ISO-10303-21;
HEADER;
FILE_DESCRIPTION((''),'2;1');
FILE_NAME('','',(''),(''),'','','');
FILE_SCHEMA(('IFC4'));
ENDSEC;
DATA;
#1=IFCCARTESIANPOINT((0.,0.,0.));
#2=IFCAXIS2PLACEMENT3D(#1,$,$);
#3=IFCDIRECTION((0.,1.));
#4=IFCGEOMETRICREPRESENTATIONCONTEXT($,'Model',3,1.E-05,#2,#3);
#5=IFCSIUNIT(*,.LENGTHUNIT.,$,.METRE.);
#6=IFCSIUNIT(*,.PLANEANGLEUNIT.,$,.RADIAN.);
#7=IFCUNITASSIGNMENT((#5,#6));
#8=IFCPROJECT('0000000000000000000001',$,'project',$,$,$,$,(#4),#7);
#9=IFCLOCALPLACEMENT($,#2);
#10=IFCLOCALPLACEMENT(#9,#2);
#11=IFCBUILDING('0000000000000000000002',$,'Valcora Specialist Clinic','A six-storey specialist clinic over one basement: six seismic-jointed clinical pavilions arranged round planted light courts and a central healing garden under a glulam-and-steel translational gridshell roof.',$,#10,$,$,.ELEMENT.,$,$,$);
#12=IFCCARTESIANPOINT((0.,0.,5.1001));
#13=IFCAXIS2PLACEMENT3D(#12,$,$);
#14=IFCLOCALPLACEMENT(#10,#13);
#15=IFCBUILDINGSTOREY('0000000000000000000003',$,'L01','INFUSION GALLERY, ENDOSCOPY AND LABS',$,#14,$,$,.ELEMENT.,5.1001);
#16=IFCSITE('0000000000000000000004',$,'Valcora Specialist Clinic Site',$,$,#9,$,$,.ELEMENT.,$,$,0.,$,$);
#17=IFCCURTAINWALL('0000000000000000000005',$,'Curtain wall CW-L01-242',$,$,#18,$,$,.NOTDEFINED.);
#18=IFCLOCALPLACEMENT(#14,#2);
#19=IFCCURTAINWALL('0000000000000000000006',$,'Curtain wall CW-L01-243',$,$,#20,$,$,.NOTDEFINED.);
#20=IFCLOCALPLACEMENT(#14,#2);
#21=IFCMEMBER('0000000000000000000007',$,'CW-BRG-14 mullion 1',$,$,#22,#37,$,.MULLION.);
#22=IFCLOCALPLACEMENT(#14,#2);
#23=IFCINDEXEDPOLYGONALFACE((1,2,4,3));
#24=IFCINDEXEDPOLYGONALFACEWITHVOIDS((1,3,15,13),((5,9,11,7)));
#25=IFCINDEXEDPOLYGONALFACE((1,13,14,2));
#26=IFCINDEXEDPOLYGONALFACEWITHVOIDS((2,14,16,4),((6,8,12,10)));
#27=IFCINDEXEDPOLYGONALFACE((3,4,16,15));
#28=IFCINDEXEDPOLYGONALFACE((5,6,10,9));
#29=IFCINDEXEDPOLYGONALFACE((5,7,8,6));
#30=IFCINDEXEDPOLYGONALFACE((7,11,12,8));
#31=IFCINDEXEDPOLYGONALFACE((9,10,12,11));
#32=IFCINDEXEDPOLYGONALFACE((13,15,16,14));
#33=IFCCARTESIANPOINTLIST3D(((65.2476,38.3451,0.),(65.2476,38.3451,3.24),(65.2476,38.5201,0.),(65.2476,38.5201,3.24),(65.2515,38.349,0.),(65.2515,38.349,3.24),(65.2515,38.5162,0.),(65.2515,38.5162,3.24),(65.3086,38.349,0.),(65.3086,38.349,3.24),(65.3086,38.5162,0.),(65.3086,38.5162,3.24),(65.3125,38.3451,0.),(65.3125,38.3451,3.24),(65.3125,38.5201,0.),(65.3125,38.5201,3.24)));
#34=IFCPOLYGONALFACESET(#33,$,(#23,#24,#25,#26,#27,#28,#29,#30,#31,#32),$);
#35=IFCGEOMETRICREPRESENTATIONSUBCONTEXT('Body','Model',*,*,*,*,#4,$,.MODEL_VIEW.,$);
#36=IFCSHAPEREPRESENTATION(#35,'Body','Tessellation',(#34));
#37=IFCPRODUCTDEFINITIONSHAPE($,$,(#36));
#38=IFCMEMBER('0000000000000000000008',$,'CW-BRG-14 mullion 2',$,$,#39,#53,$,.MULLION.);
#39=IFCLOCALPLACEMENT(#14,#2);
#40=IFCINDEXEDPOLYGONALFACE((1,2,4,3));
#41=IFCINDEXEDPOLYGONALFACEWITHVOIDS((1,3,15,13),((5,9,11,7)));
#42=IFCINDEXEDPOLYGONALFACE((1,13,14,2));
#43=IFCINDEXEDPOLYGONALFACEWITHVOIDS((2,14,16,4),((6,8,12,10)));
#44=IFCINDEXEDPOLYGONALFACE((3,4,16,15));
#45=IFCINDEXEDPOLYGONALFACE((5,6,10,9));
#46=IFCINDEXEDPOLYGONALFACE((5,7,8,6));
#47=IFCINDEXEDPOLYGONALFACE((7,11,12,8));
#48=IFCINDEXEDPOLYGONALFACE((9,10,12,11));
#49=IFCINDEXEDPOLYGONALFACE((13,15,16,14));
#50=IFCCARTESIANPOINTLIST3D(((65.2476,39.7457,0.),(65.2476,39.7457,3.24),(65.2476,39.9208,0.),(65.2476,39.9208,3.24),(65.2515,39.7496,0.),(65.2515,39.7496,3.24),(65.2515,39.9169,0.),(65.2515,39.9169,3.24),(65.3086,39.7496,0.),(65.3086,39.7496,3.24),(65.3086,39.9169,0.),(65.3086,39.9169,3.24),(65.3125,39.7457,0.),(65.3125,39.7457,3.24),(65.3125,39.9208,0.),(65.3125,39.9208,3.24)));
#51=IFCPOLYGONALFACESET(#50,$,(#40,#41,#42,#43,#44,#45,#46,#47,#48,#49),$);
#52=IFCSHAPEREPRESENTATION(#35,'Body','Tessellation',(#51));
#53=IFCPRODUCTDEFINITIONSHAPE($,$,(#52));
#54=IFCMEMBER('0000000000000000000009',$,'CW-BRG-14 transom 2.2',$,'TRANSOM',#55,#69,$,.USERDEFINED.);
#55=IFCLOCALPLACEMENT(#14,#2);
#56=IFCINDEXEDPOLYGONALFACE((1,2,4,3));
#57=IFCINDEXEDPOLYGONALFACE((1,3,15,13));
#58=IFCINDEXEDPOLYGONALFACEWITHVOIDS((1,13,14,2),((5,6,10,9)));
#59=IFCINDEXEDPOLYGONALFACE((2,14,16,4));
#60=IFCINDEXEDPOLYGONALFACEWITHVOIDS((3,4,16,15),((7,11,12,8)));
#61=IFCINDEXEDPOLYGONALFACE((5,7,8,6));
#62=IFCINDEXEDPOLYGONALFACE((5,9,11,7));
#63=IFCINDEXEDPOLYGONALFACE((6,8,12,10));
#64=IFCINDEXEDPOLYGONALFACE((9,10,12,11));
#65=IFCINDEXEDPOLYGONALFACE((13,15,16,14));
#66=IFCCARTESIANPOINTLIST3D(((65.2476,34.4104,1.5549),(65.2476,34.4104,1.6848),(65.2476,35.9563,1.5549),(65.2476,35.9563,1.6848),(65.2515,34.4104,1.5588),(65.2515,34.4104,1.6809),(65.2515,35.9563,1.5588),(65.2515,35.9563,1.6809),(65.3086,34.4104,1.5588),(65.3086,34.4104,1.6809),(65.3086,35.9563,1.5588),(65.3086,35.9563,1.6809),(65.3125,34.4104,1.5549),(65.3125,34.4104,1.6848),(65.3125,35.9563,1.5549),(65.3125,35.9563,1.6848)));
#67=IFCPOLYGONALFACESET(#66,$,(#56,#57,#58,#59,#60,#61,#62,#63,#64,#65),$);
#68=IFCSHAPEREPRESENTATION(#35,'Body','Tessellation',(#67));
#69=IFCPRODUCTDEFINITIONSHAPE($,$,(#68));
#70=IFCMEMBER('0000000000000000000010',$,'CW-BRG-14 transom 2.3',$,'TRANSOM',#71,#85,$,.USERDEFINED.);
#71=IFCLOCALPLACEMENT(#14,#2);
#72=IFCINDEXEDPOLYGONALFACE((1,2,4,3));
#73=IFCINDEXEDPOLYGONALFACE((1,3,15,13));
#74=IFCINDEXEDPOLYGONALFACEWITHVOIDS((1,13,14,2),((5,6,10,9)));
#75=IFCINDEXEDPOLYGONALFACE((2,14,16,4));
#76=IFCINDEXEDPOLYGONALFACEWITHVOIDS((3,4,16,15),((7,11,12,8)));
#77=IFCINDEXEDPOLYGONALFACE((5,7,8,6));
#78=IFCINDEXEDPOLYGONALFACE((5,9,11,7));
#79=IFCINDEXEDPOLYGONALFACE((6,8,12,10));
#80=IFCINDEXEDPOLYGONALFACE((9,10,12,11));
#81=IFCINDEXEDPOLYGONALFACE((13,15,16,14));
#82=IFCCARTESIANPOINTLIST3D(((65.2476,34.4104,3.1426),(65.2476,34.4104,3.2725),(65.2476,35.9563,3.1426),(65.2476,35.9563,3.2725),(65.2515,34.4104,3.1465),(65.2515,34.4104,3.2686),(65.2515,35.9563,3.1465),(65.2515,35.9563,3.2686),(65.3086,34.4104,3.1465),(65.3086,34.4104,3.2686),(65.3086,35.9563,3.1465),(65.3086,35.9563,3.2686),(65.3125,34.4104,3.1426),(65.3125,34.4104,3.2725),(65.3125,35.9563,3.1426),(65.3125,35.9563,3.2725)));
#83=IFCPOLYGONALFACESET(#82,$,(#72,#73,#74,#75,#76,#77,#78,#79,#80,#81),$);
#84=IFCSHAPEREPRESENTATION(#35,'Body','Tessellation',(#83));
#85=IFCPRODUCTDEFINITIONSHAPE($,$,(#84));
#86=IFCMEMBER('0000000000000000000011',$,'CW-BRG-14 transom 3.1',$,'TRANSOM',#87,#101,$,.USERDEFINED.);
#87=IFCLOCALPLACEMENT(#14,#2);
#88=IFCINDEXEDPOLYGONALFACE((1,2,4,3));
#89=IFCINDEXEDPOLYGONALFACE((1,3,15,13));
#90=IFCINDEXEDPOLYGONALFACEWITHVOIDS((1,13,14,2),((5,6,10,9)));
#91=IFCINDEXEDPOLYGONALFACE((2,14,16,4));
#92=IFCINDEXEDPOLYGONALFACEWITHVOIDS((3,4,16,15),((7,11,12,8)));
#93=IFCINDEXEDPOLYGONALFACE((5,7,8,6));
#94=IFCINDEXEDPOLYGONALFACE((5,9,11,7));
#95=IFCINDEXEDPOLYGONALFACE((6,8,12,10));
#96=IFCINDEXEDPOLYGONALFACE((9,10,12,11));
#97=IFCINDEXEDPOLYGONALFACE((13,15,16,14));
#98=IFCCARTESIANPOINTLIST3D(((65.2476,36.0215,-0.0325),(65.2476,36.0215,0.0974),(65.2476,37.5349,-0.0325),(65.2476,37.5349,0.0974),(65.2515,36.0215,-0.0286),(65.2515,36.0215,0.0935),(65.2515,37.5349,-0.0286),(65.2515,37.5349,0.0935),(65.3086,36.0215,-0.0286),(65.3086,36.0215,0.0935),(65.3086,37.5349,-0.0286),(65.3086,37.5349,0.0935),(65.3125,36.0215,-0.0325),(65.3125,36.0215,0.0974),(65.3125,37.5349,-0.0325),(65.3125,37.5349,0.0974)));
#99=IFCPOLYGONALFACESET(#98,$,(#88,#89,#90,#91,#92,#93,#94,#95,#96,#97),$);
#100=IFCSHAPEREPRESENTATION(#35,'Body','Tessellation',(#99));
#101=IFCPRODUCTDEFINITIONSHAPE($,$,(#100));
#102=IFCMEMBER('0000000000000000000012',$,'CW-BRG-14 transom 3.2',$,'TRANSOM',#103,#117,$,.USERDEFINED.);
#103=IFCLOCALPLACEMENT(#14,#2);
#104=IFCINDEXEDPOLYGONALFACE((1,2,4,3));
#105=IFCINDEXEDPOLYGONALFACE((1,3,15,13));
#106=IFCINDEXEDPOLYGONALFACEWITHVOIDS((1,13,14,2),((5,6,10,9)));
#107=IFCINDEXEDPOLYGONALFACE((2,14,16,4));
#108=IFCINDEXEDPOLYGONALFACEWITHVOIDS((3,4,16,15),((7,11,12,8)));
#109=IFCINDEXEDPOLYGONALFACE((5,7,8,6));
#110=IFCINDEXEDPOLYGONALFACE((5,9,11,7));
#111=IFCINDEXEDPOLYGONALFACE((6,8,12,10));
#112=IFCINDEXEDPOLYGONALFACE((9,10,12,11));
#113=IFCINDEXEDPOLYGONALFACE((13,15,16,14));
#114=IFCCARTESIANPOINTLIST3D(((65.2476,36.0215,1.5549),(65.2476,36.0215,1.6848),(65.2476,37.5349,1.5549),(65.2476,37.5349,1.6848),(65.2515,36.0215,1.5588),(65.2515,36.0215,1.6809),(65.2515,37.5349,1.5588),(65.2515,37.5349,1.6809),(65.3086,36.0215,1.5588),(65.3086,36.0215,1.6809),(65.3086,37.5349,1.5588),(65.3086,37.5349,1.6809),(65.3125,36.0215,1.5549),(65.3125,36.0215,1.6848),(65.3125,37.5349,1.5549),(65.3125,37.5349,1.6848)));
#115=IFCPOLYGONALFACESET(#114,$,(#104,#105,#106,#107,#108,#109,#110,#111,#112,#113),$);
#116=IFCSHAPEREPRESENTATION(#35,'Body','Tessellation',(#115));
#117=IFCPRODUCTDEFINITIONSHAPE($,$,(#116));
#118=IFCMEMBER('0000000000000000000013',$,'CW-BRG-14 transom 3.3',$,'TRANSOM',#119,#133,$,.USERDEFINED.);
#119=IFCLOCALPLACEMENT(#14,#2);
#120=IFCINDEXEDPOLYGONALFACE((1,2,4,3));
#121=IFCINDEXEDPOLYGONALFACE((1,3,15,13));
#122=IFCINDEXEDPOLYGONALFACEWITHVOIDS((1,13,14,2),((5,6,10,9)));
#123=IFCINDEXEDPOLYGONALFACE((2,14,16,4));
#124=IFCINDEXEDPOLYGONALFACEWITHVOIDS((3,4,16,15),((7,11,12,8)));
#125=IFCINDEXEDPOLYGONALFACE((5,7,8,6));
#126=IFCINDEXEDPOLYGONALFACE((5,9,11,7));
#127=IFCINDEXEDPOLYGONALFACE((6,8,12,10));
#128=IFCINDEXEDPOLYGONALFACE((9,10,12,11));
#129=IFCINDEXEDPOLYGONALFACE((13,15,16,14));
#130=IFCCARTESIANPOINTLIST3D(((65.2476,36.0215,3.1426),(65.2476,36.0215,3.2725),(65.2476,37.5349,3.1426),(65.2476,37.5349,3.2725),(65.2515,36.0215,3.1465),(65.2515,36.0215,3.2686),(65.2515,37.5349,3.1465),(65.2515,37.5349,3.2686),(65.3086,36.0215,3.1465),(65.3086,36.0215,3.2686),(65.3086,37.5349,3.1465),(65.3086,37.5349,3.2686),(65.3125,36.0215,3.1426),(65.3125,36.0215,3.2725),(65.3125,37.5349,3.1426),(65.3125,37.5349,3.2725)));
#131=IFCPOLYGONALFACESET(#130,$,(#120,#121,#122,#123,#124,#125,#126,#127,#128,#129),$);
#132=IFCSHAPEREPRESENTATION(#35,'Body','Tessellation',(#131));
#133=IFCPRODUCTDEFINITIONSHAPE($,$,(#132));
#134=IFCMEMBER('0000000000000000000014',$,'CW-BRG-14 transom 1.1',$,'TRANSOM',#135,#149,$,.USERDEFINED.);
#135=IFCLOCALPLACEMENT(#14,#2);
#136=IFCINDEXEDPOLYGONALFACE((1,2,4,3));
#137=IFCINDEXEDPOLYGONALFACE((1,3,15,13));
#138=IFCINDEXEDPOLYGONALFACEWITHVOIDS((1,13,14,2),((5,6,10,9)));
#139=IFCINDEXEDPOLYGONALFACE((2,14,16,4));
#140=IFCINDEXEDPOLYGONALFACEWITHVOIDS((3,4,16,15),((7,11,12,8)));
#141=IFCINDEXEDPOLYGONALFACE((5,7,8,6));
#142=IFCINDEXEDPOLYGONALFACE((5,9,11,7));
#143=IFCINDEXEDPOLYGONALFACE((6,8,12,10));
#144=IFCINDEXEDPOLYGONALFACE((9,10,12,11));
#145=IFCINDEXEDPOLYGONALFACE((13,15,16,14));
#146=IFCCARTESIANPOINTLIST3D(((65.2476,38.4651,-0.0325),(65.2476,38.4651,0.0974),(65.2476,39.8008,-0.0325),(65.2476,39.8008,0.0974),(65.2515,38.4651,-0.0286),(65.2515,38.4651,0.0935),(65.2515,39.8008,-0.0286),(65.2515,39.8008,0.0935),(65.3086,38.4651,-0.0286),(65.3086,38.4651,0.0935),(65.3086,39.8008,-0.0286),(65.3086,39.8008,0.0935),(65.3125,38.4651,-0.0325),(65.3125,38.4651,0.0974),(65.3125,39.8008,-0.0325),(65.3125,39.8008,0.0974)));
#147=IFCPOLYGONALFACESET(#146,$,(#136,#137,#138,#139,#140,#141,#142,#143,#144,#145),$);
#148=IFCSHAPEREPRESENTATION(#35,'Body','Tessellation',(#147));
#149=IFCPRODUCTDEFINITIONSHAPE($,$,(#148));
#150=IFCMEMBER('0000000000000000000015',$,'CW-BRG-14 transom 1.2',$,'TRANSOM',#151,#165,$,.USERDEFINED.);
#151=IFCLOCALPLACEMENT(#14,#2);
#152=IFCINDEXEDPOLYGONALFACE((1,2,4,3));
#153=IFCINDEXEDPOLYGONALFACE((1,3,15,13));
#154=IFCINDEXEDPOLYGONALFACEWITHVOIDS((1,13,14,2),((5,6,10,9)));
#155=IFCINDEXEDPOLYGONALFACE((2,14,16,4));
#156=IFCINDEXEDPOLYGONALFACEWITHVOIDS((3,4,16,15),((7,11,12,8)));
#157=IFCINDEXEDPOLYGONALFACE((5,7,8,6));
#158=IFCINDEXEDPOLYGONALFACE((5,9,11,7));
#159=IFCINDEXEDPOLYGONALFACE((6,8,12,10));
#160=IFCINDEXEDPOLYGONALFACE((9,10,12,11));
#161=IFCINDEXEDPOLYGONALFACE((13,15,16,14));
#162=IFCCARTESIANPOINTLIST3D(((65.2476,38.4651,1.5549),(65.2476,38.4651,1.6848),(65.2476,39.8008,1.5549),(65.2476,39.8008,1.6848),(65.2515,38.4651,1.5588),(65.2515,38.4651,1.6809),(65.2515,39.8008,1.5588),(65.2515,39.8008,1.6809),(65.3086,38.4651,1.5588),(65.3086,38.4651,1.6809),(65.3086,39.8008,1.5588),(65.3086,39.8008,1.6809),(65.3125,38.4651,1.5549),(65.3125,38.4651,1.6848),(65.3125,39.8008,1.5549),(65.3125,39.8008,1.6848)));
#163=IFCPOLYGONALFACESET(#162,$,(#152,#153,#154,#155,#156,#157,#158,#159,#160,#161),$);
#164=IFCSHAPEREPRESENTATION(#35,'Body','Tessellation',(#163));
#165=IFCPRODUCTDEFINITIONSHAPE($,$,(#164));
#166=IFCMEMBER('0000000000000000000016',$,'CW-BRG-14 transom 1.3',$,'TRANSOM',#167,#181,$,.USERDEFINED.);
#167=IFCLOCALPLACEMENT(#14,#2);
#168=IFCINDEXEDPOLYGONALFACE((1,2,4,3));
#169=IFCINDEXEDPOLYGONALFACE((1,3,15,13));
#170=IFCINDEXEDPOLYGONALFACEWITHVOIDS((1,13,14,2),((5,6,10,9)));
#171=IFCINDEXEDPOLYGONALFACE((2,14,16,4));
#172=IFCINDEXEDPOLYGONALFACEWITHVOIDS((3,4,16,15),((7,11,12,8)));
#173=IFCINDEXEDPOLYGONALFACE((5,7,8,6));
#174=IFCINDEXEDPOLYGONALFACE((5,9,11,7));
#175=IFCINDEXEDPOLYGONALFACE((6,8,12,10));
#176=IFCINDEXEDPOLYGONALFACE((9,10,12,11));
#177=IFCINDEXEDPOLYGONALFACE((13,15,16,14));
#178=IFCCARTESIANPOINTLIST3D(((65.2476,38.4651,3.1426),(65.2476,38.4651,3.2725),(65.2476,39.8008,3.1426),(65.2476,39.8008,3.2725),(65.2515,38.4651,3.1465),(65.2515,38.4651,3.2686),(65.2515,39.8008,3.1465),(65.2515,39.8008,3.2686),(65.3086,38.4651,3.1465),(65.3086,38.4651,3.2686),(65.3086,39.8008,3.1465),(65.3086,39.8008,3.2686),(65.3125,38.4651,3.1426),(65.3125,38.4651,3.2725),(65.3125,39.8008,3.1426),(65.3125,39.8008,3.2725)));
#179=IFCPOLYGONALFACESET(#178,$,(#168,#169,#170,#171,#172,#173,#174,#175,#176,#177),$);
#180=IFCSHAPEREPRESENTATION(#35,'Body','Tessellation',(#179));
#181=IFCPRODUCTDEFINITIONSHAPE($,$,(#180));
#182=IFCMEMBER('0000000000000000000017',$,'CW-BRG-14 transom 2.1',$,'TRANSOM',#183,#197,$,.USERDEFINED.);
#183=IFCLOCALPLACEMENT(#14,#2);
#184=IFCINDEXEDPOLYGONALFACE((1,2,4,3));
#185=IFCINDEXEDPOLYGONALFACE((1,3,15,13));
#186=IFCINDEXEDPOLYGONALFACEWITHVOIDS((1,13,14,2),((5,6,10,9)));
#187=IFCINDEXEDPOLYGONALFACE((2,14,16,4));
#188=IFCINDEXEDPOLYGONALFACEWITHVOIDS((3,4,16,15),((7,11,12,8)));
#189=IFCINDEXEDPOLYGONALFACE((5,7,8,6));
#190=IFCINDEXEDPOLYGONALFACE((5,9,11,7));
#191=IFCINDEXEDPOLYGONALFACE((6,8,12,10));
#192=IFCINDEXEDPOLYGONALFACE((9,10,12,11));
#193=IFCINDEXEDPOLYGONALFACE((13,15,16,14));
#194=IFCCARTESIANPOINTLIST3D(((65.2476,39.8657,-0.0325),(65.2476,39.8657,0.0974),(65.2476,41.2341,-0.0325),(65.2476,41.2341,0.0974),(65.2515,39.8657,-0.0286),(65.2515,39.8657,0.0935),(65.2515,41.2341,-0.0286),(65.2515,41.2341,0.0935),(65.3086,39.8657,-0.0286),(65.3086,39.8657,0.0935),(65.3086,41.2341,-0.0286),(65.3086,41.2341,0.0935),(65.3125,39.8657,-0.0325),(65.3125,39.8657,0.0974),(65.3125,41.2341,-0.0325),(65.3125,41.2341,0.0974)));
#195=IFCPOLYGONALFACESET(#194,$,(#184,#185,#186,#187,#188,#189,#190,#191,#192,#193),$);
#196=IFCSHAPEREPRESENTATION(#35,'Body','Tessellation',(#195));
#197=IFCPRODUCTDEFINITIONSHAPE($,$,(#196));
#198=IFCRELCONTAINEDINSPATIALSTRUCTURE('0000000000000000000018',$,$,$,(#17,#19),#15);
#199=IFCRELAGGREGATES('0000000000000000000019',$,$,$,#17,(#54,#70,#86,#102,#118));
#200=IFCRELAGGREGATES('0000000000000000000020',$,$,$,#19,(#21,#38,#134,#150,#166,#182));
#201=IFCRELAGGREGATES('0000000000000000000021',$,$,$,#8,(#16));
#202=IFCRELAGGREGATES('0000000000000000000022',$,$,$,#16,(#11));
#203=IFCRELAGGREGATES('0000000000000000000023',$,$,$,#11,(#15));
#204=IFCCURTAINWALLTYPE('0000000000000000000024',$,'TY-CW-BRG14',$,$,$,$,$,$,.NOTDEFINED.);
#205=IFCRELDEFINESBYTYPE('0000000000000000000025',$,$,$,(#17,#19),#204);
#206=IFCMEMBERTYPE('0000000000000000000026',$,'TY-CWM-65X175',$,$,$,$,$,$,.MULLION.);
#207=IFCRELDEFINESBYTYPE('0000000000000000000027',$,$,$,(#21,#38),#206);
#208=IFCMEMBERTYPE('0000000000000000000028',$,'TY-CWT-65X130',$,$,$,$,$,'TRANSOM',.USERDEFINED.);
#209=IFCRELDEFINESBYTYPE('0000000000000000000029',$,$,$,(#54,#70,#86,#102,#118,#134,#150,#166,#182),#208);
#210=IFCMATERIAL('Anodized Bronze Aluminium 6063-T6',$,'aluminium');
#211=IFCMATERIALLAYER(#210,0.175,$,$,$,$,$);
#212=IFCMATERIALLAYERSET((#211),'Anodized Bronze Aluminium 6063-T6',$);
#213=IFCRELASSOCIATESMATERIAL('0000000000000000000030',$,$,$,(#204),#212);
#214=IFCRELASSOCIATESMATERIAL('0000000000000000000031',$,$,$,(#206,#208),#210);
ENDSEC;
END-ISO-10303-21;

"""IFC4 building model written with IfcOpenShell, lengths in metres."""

from ifc_helpers import new_model, si_unit, direction, frame, origin, origin_2d, place, context, subcontext, project, spatial, hollow_rectangle, extrude, material, layer, layer_set, material_profile, profile_set, type_object, element, aggregate, save


model = new_model("IFC4")

# Units and contexts
model_context = context("Model", 3, precision=1e-05, world=origin(), true_north=direction((0.0, 1.0)))
body_context = subcontext(model_context, "Body", "Model", "MODEL_VIEW")
ifc_project = project(units=[si_unit("LENGTHUNIT", "METRE"), si_unit("PLANEANGLEUNIT", "RADIAN")], contexts=[model_context])

# Site, building, storey
site_placement = place(None, origin())
site = spatial("IfcSite", under=ifc_project, at=site_placement, Name="Valcora Specialist Clinic Site", CompositionType="ELEMENT", RefElevation=0.0)
building_placement = place(site_placement, origin())
building = spatial("IfcBuilding", under=site, at=building_placement, Name="Valcora Specialist Clinic", Description="A six-storey specialist clinic over one basement: six seismic-jointed clinical pavilions arranged round planted light courts and a central healing garden under a glulam-and-steel translational gridshell roof.", CompositionType="ELEMENT")
storey_placement = place(building_placement, frame((0.0, 0.0, 5.1001)))
storey = spatial("IfcBuildingStorey", under=building, at=storey_placement, Name="L01", Description="INFUSION GALLERY, ENDOSCOPY AND LABS", CompositionType="ELEMENT", Elevation=5.1001)

# Curtain walls, members
ifc_material_1 = material(Name="Anodized Bronze Aluminium 6063-T6", Category="aluminium")
ifc_layer_1 = layer(ifc_material_1, 0.175)
ifc_layer_set_1 = layer_set([ifc_layer_1], Name="Anodized Bronze Aluminium 6063-T6")
curtain_wall_type = type_object("IfcCurtainWallType", Name="TY-CW-BRG14", PredefinedType="NOTDEFINED", material=ifc_layer_set_1)
curtain_wall_1_placement = place(storey_placement, origin())
curtain_wall_1 = element("IfcCurtainWall", 1, at=curtain_wall_1_placement, inside=storey, type_object=curtain_wall_type, Name="Curtain wall CW-L01-242", PredefinedType="NOTDEFINED")
ifc_material_profile_1 = material_profile(ifc_material_1, hollow_rectangle(XDim=0.0649, YDim=0.175, WallThickness=0.0039, at=origin_2d()), Name="AL-MUL-65X175")
ifc_profile_set_1 = profile_set([ifc_material_profile_1], Name="Anodized Bronze Aluminium 6063-T6")
member_type_1 = type_object("IfcMemberType", Name="TY-CWM-65X175", PredefinedType="MULLION", material=ifc_profile_set_1)
curtain_wall_2_placement = place(storey_placement, origin())
curtain_wall_2 = element("IfcCurtainWall", 2, at=curtain_wall_2_placement, inside=storey, type_object=curtain_wall_type, Name="Curtain wall CW-L01-243", PredefinedType="NOTDEFINED")
member_1_placement = place(storey_placement, frame((65.28, 38.4326, 0.0), z_axis=(0.0, 0.0, 1.0), x_axis=(-1.0, 0.0, 0.0)))
member_1 = element("IfcMember", 3, at=member_1_placement, type_object=member_type_1, Name="CW-BRG-14 mullion 1", PredefinedType="MULLION", context=body_context, shape_type="SweptSolid", body=[
    extrude(hollow_rectangle(XDim=0.0649, YDim=0.175, WallThickness=0.0039, at=origin_2d()), origin(), (0.0, 0.0, 1.0), 3.24),
])
member_2_placement = place(storey_placement, frame((65.28, 39.8333, 0.0), z_axis=(0.0, 0.0, 1.0), x_axis=(-1.0, 0.0, 0.0)))
member_2 = element("IfcMember", 4, at=member_2_placement, type_object=member_type_1, Name="CW-BRG-14 mullion 2", PredefinedType="MULLION", context=body_context, shape_type="SweptSolid", body=[
    extrude(hollow_rectangle(XDim=0.0649, YDim=0.175, WallThickness=0.0039, at=origin_2d()), origin(), (0.0, 0.0, 1.0), 3.24),
])

# Members
ifc_material_profile_2 = material_profile(ifc_material_1, hollow_rectangle(XDim=0.0649, YDim=0.1299, WallThickness=0.0039, at=origin_2d()), Name="AL-TRN-65X130")
ifc_profile_set_2 = profile_set([ifc_material_profile_2], Name="Anodized Bronze Aluminium 6063-T6")
member_type_2 = type_object("IfcMemberType", Name="TY-CWT-65X130", ElementType="TRANSOM", PredefinedType="USERDEFINED", material=ifc_profile_set_2)
member_3_placement = place(storey_placement, frame((65.28, 34.4104, 1.6199), z_axis=(0.0, 1.0, 0.0), x_axis=(-1.0, 0.0, 0.0)))
member_3 = element("IfcMember", 5, at=member_3_placement, type_object=member_type_2, Name="CW-BRG-14 transom 2.2", ObjectType="TRANSOM", PredefinedType="USERDEFINED", context=body_context, shape_type="SweptSolid", body=[
    extrude(hollow_rectangle(XDim=0.0649, YDim=0.1299, WallThickness=0.0039, at=origin_2d()), origin(), (0.0, 0.0, 1.0), 1.5459),
])
member_4_placement = place(storey_placement, frame((65.28, 34.4104, 3.2075), z_axis=(0.0, 1.0, 0.0), x_axis=(-1.0, 0.0, 0.0)))
member_4 = element("IfcMember", 6, at=member_4_placement, type_object=member_type_2, Name="CW-BRG-14 transom 2.3", ObjectType="TRANSOM", PredefinedType="USERDEFINED", context=body_context, shape_type="SweptSolid", body=[
    extrude(hollow_rectangle(XDim=0.0649, YDim=0.1299, WallThickness=0.0039, at=origin_2d()), origin(), (0.0, 0.0, 1.0), 1.5459),
])
member_5_placement = place(storey_placement, frame((65.28, 36.0215, 0.0325), z_axis=(0.0, 1.0, 0.0), x_axis=(-1.0, 0.0, 0.0)))
member_5 = element("IfcMember", 7, at=member_5_placement, type_object=member_type_2, Name="CW-BRG-14 transom 3.1", ObjectType="TRANSOM", PredefinedType="USERDEFINED", context=body_context, shape_type="SweptSolid", body=[
    extrude(hollow_rectangle(XDim=0.0649, YDim=0.1299, WallThickness=0.0039, at=origin_2d()), origin(), (0.0, 0.0, 1.0), 1.5134),
])
member_6_placement = place(storey_placement, frame((65.28, 36.0215, 1.6199), z_axis=(0.0, 1.0, 0.0), x_axis=(-1.0, 0.0, 0.0)))
member_6 = element("IfcMember", 8, at=member_6_placement, type_object=member_type_2, Name="CW-BRG-14 transom 3.2", ObjectType="TRANSOM", PredefinedType="USERDEFINED", context=body_context, shape_type="SweptSolid", body=[
    extrude(hollow_rectangle(XDim=0.0649, YDim=0.1299, WallThickness=0.0039, at=origin_2d()), origin(), (0.0, 0.0, 1.0), 1.5134),
])
member_7_placement = place(storey_placement, frame((65.28, 36.0215, 3.2075), z_axis=(0.0, 1.0, 0.0), x_axis=(-1.0, 0.0, 0.0)))
member_7 = element("IfcMember", 9, at=member_7_placement, type_object=member_type_2, Name="CW-BRG-14 transom 3.3", ObjectType="TRANSOM", PredefinedType="USERDEFINED", context=body_context, shape_type="SweptSolid", body=[
    extrude(hollow_rectangle(XDim=0.0649, YDim=0.1299, WallThickness=0.0039, at=origin_2d()), origin(), (0.0, 0.0, 1.0), 1.5134),
])
member_8_placement = place(storey_placement, frame((65.28, 38.4651, 0.0325), z_axis=(0.0, 1.0, 0.0), x_axis=(-1.0, 0.0, 0.0)))
member_8 = element("IfcMember", 10, at=member_8_placement, type_object=member_type_2, Name="CW-BRG-14 transom 1.1", ObjectType="TRANSOM", PredefinedType="USERDEFINED", context=body_context, shape_type="SweptSolid", body=[
    extrude(hollow_rectangle(XDim=0.0649, YDim=0.1299, WallThickness=0.0039, at=origin_2d()), origin(), (0.0, 0.0, 1.0), 1.3357),
])
member_9_placement = place(storey_placement, frame((65.28, 38.4651, 1.6199), z_axis=(0.0, 1.0, 0.0), x_axis=(-1.0, 0.0, 0.0)))
member_9 = element("IfcMember", 11, at=member_9_placement, type_object=member_type_2, Name="CW-BRG-14 transom 1.2", ObjectType="TRANSOM", PredefinedType="USERDEFINED", context=body_context, shape_type="SweptSolid", body=[
    extrude(hollow_rectangle(XDim=0.0649, YDim=0.1299, WallThickness=0.0039, at=origin_2d()), origin(), (0.0, 0.0, 1.0), 1.3357),
])
member_10_placement = place(storey_placement, frame((65.28, 38.4651, 3.2075), z_axis=(0.0, 1.0, 0.0), x_axis=(-1.0, 0.0, 0.0)))
member_10 = element("IfcMember", 12, at=member_10_placement, type_object=member_type_2, Name="CW-BRG-14 transom 1.3", ObjectType="TRANSOM", PredefinedType="USERDEFINED", context=body_context, shape_type="SweptSolid", body=[
    extrude(hollow_rectangle(XDim=0.0649, YDim=0.1299, WallThickness=0.0039, at=origin_2d()), origin(), (0.0, 0.0, 1.0), 1.3357),
])
member_11_placement = place(storey_placement, frame((65.28, 39.8657, 0.0325), z_axis=(0.0, 1.0, 0.0), x_axis=(-1.0, 0.0, 0.0)))
member_11 = element("IfcMember", 13, at=member_11_placement, type_object=member_type_2, Name="CW-BRG-14 transom 2.1", ObjectType="TRANSOM", PredefinedType="USERDEFINED", context=body_context, shape_type="SweptSolid", body=[
    extrude(hollow_rectangle(XDim=0.0649, YDim=0.1299, WallThickness=0.0039, at=origin_2d()), origin(), (0.0, 0.0, 1.0), 1.3684),
])

aggregate(curtain_wall_1, [member_3, member_4, member_5, member_6, member_7])
aggregate(curtain_wall_2, [member_1, member_2, member_8, member_9, member_10, member_11])

save(model, "model.ifc")
